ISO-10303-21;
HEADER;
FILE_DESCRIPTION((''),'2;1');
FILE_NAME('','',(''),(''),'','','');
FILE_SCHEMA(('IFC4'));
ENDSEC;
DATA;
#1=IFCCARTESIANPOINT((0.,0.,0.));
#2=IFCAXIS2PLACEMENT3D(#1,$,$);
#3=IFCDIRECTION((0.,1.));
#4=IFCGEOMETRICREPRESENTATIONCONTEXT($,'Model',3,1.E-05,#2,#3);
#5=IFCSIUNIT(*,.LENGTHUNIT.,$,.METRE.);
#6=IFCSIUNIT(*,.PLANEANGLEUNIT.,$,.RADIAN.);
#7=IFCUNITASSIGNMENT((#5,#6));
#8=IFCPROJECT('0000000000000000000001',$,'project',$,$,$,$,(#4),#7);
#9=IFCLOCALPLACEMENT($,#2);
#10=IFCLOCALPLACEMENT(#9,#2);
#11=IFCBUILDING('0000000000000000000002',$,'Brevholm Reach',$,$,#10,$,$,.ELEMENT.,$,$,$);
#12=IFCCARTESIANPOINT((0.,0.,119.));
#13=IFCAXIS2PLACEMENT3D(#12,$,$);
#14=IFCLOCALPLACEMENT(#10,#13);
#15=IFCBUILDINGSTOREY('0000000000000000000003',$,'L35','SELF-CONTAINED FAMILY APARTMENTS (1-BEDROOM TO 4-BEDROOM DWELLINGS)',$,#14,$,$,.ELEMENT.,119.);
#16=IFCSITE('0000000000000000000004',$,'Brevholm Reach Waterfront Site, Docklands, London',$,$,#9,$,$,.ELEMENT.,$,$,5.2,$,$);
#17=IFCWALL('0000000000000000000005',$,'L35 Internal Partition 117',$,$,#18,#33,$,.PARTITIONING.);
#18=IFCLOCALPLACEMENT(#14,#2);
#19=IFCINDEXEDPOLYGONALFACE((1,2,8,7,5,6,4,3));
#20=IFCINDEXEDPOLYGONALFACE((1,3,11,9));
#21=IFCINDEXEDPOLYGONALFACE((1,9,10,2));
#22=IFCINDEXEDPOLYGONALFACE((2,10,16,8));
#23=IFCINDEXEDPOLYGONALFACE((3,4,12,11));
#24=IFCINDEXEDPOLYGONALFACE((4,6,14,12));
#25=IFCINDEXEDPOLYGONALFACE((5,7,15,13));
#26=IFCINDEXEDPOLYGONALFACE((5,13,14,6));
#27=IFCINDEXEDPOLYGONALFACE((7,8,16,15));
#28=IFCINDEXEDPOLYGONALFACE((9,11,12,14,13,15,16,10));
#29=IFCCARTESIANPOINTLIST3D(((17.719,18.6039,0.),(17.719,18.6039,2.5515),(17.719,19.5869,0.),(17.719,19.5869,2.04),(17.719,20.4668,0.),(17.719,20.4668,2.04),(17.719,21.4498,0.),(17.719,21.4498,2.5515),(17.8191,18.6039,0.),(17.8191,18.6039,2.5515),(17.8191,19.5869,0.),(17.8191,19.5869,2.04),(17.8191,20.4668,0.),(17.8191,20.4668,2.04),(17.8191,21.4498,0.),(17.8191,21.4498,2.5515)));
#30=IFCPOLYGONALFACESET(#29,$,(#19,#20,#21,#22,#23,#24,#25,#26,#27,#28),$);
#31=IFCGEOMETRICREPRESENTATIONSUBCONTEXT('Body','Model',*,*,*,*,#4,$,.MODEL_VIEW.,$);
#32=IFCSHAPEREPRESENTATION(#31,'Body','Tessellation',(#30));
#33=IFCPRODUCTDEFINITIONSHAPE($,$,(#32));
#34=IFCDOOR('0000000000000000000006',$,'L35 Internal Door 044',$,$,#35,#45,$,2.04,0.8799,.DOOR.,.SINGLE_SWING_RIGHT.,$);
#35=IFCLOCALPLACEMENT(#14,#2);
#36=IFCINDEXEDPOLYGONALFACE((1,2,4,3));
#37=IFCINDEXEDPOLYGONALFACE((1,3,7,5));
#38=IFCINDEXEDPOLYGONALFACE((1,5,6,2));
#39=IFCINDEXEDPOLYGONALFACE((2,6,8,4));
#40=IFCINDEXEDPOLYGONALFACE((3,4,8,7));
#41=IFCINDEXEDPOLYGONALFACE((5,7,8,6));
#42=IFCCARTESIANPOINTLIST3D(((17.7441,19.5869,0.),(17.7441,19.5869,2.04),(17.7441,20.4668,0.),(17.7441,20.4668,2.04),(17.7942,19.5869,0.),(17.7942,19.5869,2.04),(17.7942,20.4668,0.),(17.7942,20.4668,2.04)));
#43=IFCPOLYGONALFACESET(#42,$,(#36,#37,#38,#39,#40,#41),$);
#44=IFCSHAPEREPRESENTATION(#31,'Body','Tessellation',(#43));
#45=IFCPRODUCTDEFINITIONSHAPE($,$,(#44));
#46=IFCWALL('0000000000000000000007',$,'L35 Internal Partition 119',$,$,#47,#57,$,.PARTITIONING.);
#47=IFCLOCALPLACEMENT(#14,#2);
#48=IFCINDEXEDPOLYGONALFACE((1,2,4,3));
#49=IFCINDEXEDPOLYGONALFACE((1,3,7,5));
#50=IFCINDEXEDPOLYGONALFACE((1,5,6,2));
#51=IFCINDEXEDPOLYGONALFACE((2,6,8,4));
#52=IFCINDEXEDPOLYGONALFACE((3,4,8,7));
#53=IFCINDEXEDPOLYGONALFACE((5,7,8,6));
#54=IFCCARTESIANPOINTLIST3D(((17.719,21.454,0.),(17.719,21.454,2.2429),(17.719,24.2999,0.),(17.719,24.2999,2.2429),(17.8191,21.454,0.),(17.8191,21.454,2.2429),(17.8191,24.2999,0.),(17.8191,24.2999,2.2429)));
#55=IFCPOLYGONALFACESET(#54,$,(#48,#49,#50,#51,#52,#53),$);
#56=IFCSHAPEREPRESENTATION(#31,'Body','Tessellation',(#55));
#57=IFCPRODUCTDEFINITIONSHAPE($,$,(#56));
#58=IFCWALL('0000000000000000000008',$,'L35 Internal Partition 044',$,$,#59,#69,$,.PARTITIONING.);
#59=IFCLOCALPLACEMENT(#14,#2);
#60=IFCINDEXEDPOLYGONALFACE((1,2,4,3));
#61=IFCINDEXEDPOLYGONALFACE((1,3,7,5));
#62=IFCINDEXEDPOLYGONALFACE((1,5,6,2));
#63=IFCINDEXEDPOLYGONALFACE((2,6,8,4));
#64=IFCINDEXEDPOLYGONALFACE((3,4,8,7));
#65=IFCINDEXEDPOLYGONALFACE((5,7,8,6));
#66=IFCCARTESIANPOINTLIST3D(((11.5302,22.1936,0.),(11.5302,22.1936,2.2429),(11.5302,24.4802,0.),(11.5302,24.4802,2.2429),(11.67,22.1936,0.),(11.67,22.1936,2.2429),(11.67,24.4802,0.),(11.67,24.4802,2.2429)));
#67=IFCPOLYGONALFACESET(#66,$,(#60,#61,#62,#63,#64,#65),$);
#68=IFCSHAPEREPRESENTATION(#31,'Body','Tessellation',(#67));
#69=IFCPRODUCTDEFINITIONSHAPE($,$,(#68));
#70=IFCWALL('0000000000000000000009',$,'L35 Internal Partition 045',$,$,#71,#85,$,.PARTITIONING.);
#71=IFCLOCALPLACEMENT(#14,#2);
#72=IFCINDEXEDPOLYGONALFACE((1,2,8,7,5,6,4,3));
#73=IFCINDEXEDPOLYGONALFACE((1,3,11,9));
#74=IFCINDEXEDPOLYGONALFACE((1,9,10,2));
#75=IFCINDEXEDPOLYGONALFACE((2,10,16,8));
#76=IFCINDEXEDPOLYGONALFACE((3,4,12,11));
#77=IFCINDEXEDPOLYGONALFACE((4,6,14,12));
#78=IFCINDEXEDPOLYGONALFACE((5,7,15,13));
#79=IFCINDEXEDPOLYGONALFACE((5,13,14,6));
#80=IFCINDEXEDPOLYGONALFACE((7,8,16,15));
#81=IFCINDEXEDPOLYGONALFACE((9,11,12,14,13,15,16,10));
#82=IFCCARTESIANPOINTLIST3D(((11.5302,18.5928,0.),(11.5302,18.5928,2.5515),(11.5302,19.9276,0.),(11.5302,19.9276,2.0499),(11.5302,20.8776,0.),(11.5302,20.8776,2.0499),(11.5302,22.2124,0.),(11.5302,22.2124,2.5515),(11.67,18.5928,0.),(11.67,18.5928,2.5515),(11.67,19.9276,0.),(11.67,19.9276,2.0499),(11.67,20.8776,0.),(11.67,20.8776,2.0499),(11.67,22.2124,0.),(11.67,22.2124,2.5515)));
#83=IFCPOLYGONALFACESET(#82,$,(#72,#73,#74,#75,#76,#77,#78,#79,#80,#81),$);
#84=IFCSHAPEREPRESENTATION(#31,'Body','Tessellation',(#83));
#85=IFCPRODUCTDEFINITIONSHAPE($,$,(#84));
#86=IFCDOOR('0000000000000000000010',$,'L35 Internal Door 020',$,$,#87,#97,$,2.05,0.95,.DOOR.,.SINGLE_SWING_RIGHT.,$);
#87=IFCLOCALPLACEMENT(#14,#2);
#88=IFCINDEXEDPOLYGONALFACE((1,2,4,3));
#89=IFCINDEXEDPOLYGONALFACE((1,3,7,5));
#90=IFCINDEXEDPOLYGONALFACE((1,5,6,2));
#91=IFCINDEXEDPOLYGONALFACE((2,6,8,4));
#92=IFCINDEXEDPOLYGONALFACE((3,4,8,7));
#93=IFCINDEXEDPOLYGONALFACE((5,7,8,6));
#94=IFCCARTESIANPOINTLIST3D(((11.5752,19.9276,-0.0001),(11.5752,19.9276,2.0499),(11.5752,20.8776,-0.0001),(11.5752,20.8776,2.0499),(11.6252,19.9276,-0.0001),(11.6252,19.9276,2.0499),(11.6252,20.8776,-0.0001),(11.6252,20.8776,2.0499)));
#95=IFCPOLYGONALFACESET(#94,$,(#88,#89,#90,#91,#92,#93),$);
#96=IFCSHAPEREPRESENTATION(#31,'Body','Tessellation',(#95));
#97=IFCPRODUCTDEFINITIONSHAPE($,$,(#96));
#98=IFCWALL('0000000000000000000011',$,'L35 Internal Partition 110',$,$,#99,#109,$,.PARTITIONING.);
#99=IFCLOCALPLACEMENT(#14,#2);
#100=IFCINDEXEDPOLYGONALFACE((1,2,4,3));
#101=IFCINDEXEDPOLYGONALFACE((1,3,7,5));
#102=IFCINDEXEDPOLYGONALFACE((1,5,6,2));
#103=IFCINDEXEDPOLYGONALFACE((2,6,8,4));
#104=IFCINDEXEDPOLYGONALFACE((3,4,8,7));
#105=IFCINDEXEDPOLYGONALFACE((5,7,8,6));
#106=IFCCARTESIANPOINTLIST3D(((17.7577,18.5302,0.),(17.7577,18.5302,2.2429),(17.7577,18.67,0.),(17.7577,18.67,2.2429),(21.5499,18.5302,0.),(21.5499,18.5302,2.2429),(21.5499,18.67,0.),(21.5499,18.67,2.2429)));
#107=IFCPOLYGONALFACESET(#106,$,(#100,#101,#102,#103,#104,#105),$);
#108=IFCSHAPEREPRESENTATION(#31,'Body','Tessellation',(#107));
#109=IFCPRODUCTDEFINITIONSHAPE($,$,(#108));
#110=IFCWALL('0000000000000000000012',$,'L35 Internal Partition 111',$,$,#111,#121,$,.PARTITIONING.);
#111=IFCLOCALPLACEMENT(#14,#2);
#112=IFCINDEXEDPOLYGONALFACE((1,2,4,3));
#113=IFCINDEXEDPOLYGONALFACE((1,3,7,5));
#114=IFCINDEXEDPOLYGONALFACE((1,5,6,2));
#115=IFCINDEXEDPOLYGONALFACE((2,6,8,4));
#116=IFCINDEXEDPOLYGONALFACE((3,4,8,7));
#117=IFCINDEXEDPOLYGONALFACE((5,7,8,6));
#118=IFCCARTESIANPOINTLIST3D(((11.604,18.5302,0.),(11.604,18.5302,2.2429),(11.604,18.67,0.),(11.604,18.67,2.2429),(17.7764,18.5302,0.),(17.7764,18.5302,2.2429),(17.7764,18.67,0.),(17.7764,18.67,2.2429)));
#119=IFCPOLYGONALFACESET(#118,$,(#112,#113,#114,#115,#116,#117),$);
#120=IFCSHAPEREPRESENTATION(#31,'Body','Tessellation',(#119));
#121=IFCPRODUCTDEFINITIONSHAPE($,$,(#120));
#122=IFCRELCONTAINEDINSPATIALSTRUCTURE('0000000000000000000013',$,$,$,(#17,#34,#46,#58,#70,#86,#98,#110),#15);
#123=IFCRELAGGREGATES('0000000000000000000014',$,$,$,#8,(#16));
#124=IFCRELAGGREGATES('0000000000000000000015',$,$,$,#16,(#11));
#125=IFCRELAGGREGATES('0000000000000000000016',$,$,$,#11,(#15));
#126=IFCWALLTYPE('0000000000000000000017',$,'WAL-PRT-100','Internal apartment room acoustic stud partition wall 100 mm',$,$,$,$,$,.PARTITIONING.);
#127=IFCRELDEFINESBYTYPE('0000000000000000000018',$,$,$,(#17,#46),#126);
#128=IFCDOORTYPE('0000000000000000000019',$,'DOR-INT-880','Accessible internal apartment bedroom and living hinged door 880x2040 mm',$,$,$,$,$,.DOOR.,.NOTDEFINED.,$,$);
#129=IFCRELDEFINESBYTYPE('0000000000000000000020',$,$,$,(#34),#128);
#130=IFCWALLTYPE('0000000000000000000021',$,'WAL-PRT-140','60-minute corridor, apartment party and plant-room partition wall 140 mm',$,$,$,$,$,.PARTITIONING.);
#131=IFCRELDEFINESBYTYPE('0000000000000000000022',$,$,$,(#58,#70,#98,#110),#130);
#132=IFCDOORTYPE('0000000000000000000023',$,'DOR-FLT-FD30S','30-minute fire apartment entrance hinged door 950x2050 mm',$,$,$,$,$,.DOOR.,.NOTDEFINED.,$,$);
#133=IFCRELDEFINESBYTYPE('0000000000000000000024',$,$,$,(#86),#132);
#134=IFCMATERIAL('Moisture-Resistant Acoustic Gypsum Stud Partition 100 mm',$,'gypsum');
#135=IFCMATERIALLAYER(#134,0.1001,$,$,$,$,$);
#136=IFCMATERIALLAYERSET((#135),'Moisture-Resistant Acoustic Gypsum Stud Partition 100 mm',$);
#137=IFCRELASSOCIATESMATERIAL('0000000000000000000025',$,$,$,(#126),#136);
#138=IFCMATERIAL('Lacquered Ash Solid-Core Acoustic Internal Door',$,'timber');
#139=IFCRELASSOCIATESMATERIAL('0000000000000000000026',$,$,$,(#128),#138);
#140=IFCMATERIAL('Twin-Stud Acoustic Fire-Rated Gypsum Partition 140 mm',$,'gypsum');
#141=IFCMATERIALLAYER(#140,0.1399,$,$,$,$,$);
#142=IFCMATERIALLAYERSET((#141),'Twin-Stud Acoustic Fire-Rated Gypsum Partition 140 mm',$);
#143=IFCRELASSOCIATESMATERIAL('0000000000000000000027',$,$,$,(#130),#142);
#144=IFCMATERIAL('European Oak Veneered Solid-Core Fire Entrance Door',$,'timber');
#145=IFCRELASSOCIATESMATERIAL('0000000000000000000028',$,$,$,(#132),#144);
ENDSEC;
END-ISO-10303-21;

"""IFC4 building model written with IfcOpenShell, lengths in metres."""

from ifc_helpers import new_model, si_unit, direction, frame, frame_2d, origin, place, context, subcontext, project, spatial, rectangle, extrude, material, layer, layer_set, type_object, element, fill, save


model = new_model("IFC4")

# Units and contexts
model_context = context("Model", 3, precision=1e-05, world=origin(), true_north=direction((0.0, 1.0)))
body_context = subcontext(model_context, "Body", "Model", "MODEL_VIEW")
ifc_project = project(units=[si_unit("LENGTHUNIT", "METRE"), si_unit("PLANEANGLEUNIT", "RADIAN")], contexts=[model_context])

# Site, building, storey
site_placement = place(None, origin())
site = spatial("IfcSite", under=ifc_project, at=site_placement, Name="Brevholm Reach Waterfront Site, Docklands, London", CompositionType="ELEMENT", RefElevation=5.2)
building_placement = place(site_placement, origin())
building = spatial("IfcBuilding", under=site, at=building_placement, Name="Brevholm Reach", CompositionType="ELEMENT")
storey_placement = place(building_placement, frame((0.0, 0.0, 119.0)))
storey = spatial("IfcBuildingStorey", under=building, at=storey_placement, Name="L35", Description="SELF-CONTAINED FAMILY APARTMENTS (1-BEDROOM TO 4-BEDROOM DWELLINGS)", CompositionType="ELEMENT", Elevation=119.0)

# Shared definitions
ifc_material_1 = material(Name="Moisture-Resistant Acoustic Gypsum Stud Partition 100 mm", Category="gypsum")
ifc_layer_1 = layer(ifc_material_1, 0.1001)
ifc_layer_set_1 = layer_set([ifc_layer_1], Name="Moisture-Resistant Acoustic Gypsum Stud Partition 100 mm")
wall_type_1 = type_object("IfcWallType", Name="WAL-PRT-100", Description="Internal apartment room acoustic stud partition wall 100 mm", PredefinedType="PARTITIONING", material=ifc_layer_set_1)

# Shared definitions
ifc_material_2 = material(Name="Lacquered Ash Solid-Core Acoustic Internal Door", Category="timber")
door_type_1 = type_object("IfcDoorType", Name="DOR-INT-880", Description="Accessible internal apartment bedroom and living hinged door 880x2040 mm", OperationType="NOTDEFINED", PredefinedType="DOOR", material=ifc_material_2)

# Wall, opening, door
wall_1_placement = place(storey_placement, frame((17.769, 18.604, 0.0), z_axis=(0.0, 0.0, 1.0), x_axis=(0.0, 1.0, 0.0)))
wall_1 = element("IfcWall", 1, at=wall_1_placement, inside=storey, type_object=wall_type_1, Name="L35 Internal Partition 117", PredefinedType="PARTITIONING", context=body_context, shape_type="SweptSolid", body=[
    extrude(rectangle(XDim=2.8459, YDim=0.1001, at=frame_2d((1.4229, 0.0))), origin(), (0.0, 0.0, 1.0), 2.5515),
])
opening_1_placement = place(wall_1_placement, frame((0.9829, 0.0, 0.0)))
opening_1 = element("IfcOpeningElement", 2, at=opening_1_placement, cuts=wall_1, PredefinedType="OPENING", context=body_context, shape_type="SweptSolid", body=[
    extrude(rectangle(XDim=0.8799, YDim=2.04, at=frame_2d((0.4399, 1.02))), frame((0.0, 0.0601, 0.0), z_axis=(0.0, -1.0, 0.0), x_axis=(1.0, 0.0, 0.0)), (0.0, 0.0, 1.0), 0.1201),
])
door_1_placement = place(opening_1_placement, origin())
door_1 = element("IfcDoor", 3, at=door_1_placement, inside=storey, type_object=door_type_1, Name="L35 Internal Door 044", OperationType="SINGLE_SWING_RIGHT", OverallHeight=2.04, OverallWidth=0.8799, PredefinedType="DOOR", context=body_context, shape_type="SweptSolid", body=[
    extrude(rectangle(XDim=0.8799, YDim=2.04, at=frame_2d((0.4399, 1.02))), frame((0.0, 0.0249, 0.0), z_axis=(0.0, -1.0, 0.0), x_axis=(1.0, 0.0, 0.0)), (0.0, 0.0, 1.0), 0.05),
])
fill(opening_1, door_1)

# Walls
wall_2_placement = place(storey_placement, frame((17.769, 21.4541, 0.0), z_axis=(0.0, 0.0, 1.0), x_axis=(0.0, 1.0, 0.0)))
element("IfcWall", 4, at=wall_2_placement, inside=storey, type_object=wall_type_1, Name="L35 Internal Partition 119", PredefinedType="PARTITIONING", context=body_context, shape_type="SweptSolid", body=[
    extrude(rectangle(XDim=2.8459, YDim=0.1001, at=frame_2d((1.4229, 0.0))), origin(), (0.0, 0.0, 1.0), 2.2429),
])
ifc_material_3 = material(Name="Twin-Stud Acoustic Fire-Rated Gypsum Partition 140 mm", Category="gypsum")
ifc_layer_2 = layer(ifc_material_3, 0.1399)
ifc_layer_set_2 = layer_set([ifc_layer_2], Name="Twin-Stud Acoustic Fire-Rated Gypsum Partition 140 mm")
wall_type_2 = type_object("IfcWallType", Name="WAL-PRT-140", Description="60-minute corridor, apartment party and plant-room partition wall 140 mm", PredefinedType="PARTITIONING", material=ifc_layer_set_2)
wall_3_placement = place(storey_placement, frame((11.6001, 22.1936, 0.0), z_axis=(0.0, 0.0, 1.0), x_axis=(0.0, 1.0, 0.0)))
element("IfcWall", 5, at=wall_3_placement, inside=storey, type_object=wall_type_2, Name="L35 Internal Partition 044", PredefinedType="PARTITIONING", context=body_context, shape_type="SweptSolid", body=[
    extrude(rectangle(XDim=2.2866, YDim=0.1399, at=frame_2d((1.1433, 0.0))), origin(), (0.0, 0.0, 1.0), 2.2429),
])

# Wall, opening, door
wall_4_placement = place(storey_placement, frame((11.6001, 18.5928, 0.0), z_axis=(0.0, 0.0, 1.0), x_axis=(0.0, 1.0, 0.0)))
wall_4 = element("IfcWall", 6, at=wall_4_placement, inside=storey, type_object=wall_type_2, Name="L35 Internal Partition 045", PredefinedType="PARTITIONING", context=body_context, shape_type="SweptSolid", body=[
    extrude(rectangle(XDim=3.6196, YDim=0.1399, at=frame_2d((1.8098, 0.0))), origin(), (0.0, 0.0, 1.0), 2.5515),
])
opening_2_placement = place(wall_4_placement, frame((1.3347, 0.0, 0.0)))
opening_2 = element("IfcOpeningElement", 7, at=opening_2_placement, cuts=wall_4, PredefinedType="OPENING", context=body_context, shape_type="SweptSolid", body=[
    extrude(rectangle(XDim=0.95, YDim=2.05, at=frame_2d((0.4751, 1.0249))), frame((0.0, 0.0798, 0.0), z_axis=(0.0, -1.0, 0.0), x_axis=(1.0, 0.0, 0.0)), (0.0, 0.0, 1.0), 0.1599),
])
ifc_material_4 = material(Name="European Oak Veneered Solid-Core Fire Entrance Door", Category="timber")
door_type_2 = type_object("IfcDoorType", Name="DOR-FLT-FD30S", Description="30-minute fire apartment entrance hinged door 950x2050 mm", OperationType="NOTDEFINED", PredefinedType="DOOR", material=ifc_material_4)
door_2_placement = place(opening_2_placement, origin())
door_2 = element("IfcDoor", 8, at=door_2_placement, inside=storey, type_object=door_type_2, Name="L35 Internal Door 020", OperationType="SINGLE_SWING_RIGHT", OverallHeight=2.05, OverallWidth=0.95, PredefinedType="DOOR", context=body_context, shape_type="SweptSolid", body=[
    extrude(rectangle(XDim=0.95, YDim=2.05, at=frame_2d((0.4751, 1.0249))), frame((0.0, 0.0249, 0.0), z_axis=(0.0, -1.0, 0.0), x_axis=(1.0, 0.0, 0.0)), (0.0, 0.0, 1.0), 0.05),
])
fill(opening_2, door_2)

# Walls
wall_5_placement = place(storey_placement, frame((17.7578, 18.6001, 0.0), z_axis=(0.0, 0.0, 1.0), x_axis=(1.0, 0.0, 0.0)))
element("IfcWall", 9, at=wall_5_placement, inside=storey, type_object=wall_type_2, Name="L35 Internal Partition 110", PredefinedType="PARTITIONING", context=body_context, shape_type="SweptSolid", body=[
    extrude(rectangle(XDim=3.7922, YDim=0.1399, at=frame_2d((1.896, 0.0))), origin(), (0.0, 0.0, 1.0), 2.2429),
])
wall_6_placement = place(storey_placement, frame((11.604, 18.6001, 0.0), z_axis=(0.0, 0.0, 1.0), x_axis=(1.0, 0.0, 0.0)))
element("IfcWall", 10, at=wall_6_placement, inside=storey, type_object=wall_type_2, Name="L35 Internal Partition 111", PredefinedType="PARTITIONING", context=body_context, shape_type="SweptSolid", body=[
    extrude(rectangle(XDim=6.1724, YDim=0.1399, at=frame_2d((3.0862, 0.0))), origin(), (0.0, 0.0, 1.0), 2.2429),
])

save(model, "model.ifc")
